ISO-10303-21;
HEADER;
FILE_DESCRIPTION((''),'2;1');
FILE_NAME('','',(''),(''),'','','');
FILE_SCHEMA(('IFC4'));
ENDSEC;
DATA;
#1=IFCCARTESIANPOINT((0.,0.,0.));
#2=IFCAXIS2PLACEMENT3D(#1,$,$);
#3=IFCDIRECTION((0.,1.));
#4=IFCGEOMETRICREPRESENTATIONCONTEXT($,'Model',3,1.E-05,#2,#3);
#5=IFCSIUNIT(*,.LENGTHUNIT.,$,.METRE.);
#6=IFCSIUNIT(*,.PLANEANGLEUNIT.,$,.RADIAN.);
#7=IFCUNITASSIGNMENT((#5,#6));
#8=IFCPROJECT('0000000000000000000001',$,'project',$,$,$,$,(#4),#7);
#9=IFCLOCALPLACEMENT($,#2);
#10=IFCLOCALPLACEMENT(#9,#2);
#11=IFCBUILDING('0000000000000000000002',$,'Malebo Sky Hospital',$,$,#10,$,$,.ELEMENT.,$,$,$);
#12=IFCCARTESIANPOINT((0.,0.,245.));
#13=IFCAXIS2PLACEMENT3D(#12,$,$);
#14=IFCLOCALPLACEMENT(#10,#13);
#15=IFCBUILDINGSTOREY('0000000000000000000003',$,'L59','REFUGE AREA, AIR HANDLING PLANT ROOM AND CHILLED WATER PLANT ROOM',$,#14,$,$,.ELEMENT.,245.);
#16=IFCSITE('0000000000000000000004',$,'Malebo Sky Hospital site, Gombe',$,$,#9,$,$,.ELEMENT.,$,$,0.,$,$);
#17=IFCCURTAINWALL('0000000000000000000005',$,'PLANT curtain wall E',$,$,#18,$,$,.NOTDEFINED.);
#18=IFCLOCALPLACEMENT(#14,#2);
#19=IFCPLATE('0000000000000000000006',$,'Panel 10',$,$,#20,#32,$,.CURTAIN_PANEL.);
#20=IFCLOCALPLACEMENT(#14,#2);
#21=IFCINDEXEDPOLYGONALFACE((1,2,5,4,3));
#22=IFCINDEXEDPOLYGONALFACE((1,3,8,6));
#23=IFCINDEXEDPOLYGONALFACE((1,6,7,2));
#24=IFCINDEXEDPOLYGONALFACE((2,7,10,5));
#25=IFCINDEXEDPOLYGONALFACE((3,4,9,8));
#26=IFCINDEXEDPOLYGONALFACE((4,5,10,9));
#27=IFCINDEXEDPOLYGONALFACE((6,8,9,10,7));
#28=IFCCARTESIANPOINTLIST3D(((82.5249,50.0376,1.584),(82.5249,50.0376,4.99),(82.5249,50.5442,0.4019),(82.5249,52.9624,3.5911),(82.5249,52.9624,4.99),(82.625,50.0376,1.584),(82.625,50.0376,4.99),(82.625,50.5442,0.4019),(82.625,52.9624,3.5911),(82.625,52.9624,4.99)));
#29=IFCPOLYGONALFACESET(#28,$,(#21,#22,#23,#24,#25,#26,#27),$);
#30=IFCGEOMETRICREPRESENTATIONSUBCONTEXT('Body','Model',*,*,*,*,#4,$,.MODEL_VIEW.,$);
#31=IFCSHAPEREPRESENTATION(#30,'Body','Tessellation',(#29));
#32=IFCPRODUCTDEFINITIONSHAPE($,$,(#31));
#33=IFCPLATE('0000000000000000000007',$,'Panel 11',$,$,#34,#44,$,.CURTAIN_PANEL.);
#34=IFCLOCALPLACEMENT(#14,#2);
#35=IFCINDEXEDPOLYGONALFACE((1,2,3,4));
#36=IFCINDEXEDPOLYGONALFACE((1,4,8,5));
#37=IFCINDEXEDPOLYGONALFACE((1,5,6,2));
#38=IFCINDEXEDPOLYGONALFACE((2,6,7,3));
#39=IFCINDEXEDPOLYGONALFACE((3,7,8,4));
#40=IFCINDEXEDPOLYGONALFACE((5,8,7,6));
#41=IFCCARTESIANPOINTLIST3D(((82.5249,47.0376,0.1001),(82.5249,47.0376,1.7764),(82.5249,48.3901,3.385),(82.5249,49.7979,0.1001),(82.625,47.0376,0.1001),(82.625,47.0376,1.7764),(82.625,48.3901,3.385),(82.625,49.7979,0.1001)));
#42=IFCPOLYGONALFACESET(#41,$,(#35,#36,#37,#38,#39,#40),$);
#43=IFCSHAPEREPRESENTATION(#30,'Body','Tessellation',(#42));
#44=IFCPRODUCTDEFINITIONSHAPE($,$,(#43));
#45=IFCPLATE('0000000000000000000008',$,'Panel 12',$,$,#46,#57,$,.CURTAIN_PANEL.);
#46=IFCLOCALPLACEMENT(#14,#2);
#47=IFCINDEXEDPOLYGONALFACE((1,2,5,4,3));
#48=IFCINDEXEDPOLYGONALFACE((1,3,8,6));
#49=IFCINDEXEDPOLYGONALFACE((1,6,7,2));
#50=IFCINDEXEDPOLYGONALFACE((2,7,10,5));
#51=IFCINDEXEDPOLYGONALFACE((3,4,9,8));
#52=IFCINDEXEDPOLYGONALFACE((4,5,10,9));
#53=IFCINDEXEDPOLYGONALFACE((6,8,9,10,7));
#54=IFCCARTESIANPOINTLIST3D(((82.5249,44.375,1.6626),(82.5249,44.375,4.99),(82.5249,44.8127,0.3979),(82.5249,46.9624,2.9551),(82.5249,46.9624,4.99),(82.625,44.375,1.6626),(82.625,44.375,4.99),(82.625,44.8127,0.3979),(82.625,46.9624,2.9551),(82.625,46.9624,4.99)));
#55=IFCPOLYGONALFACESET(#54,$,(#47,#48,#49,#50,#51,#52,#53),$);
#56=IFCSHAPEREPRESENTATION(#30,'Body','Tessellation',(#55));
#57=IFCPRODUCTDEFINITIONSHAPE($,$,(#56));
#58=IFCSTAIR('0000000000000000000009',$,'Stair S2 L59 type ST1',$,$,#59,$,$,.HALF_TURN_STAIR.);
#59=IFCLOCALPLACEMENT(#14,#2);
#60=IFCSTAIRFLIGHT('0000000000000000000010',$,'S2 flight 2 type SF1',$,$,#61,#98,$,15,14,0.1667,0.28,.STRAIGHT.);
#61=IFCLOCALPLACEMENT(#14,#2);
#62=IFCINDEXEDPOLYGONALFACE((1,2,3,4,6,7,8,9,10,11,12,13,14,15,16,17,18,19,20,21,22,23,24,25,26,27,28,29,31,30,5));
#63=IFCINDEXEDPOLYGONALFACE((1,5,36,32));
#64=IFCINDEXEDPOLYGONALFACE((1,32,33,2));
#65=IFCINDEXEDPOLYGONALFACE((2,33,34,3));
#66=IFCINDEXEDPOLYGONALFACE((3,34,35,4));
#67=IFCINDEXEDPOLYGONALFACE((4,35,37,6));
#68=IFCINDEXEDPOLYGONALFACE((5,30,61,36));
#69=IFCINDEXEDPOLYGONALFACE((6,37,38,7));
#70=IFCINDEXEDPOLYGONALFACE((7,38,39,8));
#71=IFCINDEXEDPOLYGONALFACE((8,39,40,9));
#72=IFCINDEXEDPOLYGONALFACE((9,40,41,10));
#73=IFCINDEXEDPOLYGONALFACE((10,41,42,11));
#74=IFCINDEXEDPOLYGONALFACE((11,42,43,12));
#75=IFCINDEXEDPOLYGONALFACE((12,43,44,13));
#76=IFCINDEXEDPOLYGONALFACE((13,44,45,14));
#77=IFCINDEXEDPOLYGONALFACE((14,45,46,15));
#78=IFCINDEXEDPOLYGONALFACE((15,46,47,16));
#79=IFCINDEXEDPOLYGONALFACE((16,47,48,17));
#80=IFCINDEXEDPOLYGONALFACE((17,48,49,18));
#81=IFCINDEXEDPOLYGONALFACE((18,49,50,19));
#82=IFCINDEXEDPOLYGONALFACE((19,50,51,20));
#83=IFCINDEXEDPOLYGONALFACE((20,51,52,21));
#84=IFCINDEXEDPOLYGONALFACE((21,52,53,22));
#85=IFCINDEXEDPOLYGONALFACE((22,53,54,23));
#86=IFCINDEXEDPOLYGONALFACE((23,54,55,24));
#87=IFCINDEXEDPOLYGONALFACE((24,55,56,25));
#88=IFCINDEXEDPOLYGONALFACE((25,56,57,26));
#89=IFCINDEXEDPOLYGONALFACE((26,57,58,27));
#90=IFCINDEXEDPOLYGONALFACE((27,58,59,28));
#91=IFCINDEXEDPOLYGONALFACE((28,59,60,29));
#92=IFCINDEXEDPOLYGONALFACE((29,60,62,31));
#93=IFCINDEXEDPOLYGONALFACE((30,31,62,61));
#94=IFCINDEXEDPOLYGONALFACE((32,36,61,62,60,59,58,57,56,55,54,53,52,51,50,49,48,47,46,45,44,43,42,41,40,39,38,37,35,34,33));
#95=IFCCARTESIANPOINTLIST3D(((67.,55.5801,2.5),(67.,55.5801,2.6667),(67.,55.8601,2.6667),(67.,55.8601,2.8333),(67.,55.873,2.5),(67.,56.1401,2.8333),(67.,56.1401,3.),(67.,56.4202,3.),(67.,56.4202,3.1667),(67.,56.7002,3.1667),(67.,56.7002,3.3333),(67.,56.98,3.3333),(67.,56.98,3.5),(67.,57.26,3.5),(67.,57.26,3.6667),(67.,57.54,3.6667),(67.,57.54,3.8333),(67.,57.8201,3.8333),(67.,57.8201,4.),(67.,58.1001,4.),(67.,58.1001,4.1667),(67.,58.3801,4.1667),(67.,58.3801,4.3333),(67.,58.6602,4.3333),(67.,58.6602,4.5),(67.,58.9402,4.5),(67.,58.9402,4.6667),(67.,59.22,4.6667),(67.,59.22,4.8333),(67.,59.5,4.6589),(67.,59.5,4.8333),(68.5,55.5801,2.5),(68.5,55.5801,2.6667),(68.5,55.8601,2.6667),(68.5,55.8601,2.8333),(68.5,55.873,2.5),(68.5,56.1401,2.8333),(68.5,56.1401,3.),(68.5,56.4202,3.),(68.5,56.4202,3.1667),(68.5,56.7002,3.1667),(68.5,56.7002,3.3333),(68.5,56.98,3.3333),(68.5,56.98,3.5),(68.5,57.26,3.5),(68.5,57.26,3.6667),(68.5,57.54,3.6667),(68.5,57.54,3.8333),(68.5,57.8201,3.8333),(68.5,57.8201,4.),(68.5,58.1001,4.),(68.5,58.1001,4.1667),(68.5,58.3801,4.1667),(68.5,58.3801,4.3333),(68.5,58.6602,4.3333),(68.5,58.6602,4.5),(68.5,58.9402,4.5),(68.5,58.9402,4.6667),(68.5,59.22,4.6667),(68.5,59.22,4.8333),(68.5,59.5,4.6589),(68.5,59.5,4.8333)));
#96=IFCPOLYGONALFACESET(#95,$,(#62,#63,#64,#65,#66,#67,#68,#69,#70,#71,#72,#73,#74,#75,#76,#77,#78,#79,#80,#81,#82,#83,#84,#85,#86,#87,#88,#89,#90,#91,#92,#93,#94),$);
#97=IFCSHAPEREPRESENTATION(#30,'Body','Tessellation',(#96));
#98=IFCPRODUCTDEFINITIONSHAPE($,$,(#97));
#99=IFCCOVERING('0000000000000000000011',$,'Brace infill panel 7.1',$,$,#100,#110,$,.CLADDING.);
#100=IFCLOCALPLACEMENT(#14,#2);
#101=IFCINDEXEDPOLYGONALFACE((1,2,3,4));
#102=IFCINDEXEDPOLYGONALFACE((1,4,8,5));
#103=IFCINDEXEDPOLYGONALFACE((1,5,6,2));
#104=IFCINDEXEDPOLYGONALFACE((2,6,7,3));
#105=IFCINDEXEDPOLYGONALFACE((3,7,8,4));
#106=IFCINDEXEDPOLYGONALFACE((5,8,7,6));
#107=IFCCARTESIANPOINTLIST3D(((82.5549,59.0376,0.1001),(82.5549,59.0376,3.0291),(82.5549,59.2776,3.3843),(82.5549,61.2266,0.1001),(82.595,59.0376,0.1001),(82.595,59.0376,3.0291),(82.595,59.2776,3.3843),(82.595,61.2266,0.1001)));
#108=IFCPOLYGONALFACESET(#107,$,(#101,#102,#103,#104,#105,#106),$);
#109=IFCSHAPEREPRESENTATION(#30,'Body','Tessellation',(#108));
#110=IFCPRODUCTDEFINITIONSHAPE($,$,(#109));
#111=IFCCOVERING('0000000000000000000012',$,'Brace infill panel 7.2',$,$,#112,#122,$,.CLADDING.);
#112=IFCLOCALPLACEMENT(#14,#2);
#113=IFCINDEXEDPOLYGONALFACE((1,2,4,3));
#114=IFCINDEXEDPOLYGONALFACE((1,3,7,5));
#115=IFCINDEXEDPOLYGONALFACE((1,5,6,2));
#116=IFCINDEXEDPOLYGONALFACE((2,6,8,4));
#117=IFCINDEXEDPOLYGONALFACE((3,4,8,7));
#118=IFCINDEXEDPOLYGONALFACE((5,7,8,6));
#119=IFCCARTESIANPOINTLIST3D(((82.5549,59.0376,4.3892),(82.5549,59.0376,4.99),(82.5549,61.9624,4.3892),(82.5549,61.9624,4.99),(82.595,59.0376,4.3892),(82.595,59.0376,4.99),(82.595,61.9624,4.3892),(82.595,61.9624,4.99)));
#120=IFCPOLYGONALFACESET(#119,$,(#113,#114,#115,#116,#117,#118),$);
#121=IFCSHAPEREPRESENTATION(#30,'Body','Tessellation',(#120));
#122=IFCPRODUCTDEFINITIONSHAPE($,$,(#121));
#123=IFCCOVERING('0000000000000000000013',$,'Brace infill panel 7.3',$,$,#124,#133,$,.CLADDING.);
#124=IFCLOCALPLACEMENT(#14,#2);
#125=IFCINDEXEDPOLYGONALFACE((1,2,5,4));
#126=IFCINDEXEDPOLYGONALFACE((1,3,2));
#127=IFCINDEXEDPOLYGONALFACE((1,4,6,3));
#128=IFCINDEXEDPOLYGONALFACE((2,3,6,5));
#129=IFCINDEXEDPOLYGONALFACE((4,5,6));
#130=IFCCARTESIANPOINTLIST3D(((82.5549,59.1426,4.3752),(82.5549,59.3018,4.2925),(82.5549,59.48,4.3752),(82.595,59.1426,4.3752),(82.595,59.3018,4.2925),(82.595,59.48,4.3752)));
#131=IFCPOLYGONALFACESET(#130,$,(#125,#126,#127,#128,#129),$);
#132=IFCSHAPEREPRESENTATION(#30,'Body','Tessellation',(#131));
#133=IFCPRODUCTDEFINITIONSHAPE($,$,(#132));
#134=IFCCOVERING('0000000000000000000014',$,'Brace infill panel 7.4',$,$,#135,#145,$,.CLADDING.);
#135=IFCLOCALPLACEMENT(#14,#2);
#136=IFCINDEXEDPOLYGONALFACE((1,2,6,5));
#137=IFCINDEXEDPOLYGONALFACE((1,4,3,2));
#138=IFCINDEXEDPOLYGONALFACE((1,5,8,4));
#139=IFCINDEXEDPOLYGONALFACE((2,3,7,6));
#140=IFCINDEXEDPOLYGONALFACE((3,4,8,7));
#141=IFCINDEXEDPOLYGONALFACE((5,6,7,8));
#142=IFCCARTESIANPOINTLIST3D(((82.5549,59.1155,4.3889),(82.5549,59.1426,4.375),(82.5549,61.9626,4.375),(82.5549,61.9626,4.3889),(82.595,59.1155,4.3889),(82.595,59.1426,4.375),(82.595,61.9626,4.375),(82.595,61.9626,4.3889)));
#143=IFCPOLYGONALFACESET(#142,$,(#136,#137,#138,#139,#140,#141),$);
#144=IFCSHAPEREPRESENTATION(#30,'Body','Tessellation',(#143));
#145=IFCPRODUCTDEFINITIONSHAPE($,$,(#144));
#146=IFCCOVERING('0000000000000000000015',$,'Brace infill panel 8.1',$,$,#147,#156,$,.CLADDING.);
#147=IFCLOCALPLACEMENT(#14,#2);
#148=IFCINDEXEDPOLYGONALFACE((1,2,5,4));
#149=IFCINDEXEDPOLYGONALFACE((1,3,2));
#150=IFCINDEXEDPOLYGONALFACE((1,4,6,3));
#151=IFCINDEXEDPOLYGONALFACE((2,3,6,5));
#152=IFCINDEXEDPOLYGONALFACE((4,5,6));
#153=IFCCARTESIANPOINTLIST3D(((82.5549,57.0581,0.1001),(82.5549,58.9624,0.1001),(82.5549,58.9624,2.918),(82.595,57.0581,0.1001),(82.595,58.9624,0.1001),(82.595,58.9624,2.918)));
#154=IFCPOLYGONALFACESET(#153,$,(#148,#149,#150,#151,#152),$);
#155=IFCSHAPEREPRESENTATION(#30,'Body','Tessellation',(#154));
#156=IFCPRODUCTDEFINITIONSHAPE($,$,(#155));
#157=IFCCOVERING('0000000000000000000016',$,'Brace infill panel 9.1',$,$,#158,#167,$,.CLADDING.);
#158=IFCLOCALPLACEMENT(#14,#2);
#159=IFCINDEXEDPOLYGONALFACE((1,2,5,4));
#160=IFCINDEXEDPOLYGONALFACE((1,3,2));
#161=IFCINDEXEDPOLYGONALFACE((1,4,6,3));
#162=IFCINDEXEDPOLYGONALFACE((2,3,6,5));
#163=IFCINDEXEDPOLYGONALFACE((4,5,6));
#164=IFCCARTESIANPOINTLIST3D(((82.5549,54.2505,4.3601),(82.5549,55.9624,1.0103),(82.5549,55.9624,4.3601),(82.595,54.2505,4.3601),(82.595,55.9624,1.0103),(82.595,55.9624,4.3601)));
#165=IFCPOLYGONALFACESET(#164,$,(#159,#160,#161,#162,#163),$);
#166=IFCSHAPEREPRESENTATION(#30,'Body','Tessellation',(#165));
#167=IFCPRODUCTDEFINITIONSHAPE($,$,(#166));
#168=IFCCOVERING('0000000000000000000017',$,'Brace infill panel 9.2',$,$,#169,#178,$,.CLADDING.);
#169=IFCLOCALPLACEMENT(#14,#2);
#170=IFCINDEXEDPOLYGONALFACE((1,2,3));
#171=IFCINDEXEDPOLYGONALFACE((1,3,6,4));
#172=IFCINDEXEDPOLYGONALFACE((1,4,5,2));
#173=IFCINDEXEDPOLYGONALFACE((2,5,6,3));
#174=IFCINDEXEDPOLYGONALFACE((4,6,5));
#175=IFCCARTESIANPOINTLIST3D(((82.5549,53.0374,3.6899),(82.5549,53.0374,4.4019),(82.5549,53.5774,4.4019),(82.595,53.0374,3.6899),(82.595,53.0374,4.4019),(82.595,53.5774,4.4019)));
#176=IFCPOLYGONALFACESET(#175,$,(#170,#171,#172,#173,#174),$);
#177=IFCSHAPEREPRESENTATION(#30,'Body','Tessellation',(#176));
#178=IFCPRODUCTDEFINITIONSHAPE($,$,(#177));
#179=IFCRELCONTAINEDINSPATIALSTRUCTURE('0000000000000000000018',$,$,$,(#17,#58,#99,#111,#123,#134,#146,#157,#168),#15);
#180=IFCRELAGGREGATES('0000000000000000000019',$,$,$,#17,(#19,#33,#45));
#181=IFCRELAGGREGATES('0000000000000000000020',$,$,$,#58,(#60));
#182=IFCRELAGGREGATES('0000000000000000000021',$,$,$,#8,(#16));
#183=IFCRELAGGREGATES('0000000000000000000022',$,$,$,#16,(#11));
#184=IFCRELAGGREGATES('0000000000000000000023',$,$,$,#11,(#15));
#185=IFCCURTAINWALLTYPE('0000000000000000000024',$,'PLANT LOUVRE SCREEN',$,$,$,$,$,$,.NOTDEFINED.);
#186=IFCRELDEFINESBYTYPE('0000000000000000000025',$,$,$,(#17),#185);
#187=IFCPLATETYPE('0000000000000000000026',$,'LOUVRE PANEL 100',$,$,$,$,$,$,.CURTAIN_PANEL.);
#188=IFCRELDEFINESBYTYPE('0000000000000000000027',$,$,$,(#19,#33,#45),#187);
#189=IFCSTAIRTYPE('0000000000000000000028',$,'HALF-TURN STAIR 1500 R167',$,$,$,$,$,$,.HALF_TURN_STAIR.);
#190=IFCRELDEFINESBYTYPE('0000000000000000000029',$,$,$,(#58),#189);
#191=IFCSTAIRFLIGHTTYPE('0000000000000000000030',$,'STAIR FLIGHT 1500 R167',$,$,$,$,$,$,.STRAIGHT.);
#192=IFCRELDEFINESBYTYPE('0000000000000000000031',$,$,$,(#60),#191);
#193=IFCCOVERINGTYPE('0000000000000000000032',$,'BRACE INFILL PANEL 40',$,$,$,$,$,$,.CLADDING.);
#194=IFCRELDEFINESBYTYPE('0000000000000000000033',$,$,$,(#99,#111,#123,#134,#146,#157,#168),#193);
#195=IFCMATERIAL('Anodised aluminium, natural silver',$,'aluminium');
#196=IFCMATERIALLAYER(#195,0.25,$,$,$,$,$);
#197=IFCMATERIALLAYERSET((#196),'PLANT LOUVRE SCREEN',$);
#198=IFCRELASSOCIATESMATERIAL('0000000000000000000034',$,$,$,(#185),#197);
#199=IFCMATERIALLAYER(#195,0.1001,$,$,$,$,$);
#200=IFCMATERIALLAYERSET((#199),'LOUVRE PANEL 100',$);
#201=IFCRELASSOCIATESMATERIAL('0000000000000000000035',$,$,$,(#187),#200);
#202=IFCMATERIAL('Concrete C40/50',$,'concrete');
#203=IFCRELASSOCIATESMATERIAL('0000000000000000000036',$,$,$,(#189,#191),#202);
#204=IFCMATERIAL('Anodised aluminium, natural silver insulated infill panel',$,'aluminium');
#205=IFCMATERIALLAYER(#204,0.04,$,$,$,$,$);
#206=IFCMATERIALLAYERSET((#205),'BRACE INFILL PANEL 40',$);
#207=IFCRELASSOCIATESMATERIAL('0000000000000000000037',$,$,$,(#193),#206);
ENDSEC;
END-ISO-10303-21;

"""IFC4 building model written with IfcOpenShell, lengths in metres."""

from ifc_helpers import new_model, si_unit, direction, frame, origin, place, context, subcontext, project, spatial, polyline, outline, extrude, material, layer, layer_set, type_object, element, aggregate, save


model = new_model("IFC4")

# Units and contexts
model_context = context("Model", 3, precision=1e-05, world=origin(), true_north=direction((0.0, 1.0)))
body_context = subcontext(model_context, "Body", "Model", "MODEL_VIEW")
ifc_project = project(units=[si_unit("LENGTHUNIT", "METRE"), si_unit("PLANEANGLEUNIT", "RADIAN")], contexts=[model_context])

# Site, building, storey
site_placement = place(None, origin())
site = spatial("IfcSite", under=ifc_project, at=site_placement, Name="Malebo Sky Hospital site, Gombe", CompositionType="ELEMENT", RefElevation=0.0)
building_placement = place(site_placement, origin())
building = spatial("IfcBuilding", under=site, at=building_placement, Name="Malebo Sky Hospital", CompositionType="ELEMENT")
storey_placement = place(building_placement, frame((0.0, 0.0, 245.0)))
storey = spatial("IfcBuildingStorey", under=building, at=storey_placement, Name="L59", Description="REFUGE AREA, AIR HANDLING PLANT ROOM AND CHILLED WATER PLANT ROOM", CompositionType="ELEMENT", Elevation=245.0)

# Curtain wall
ifc_material_1 = material(Name="Anodised aluminium, natural silver", Category="aluminium")
ifc_layer_1 = layer(ifc_material_1, 0.25)
ifc_layer_set_1 = layer_set([ifc_layer_1], Name="PLANT LOUVRE SCREEN")
curtain_wall_type = type_object("IfcCurtainWallType", Name="PLANT LOUVRE SCREEN", PredefinedType="NOTDEFINED", material=ifc_layer_set_1)
curtain_wall_placement = place(storey_placement, origin())
curtain_wall = element("IfcCurtainWall", 1, at=curtain_wall_placement, inside=storey, type_object=curtain_wall_type, Name="PLANT curtain wall E", PredefinedType="NOTDEFINED")

# Plates
ifc_layer_2 = layer(ifc_material_1, 0.1001)
ifc_layer_set_2 = layer_set([ifc_layer_2], Name="LOUVRE PANEL 100")
plate_type = type_object("IfcPlateType", Name="LOUVRE PANEL 100", PredefinedType="CURTAIN_PANEL", material=ifc_layer_set_2)
plate_1_placement = place(storey_placement, frame((82.575, 51.5, 0.4019), z_axis=(0.0, 0.0, 1.0), x_axis=(0.0, -1.0, 0.0)))
plate_1 = element("IfcPlate", 2, at=plate_1_placement, type_object=plate_type, Name="Panel 10", PredefinedType="CURTAIN_PANEL", context=body_context, shape_type="SweptSolid", body=[
    extrude(outline(polyline([(0.9558, 0.0), (1.4624, 1.1821), (1.4624, 4.5881), (-1.4624, 4.5881), (-1.4624, 3.1892), (0.9558, 0.0)])), frame((0.0, 0.05, 0.0), z_axis=(0.0, -1.0, 0.0), x_axis=(1.0, 0.0, 0.0)), (0.0, 0.0, 1.0), 0.1001),
])
plate_2_placement = place(storey_placement, frame((82.575, 48.4177, 0.1001), z_axis=(0.0, 0.0, 1.0), x_axis=(0.0, -1.0, 0.0)))
plate_2 = element("IfcPlate", 3, at=plate_2_placement, type_object=plate_type, Name="Panel 11", PredefinedType="CURTAIN_PANEL", context=body_context, shape_type="SweptSolid", body=[
    extrude(outline(polyline([(-1.3801, 0.0), (1.3801, 0.0), (1.3801, 1.6763), (0.0276, 3.2849), (-1.3801, 0.0)])), frame((0.0, 0.05, 0.0), z_axis=(0.0, -1.0, 0.0), x_axis=(1.0, 0.0, 0.0)), (0.0, 0.0, 1.0), 0.1001),
])
plate_3_placement = place(storey_placement, frame((82.575, 45.6687, 0.3979), z_axis=(0.0, 0.0, 1.0), x_axis=(0.0, -1.0, 0.0)))
plate_3 = element("IfcPlate", 4, at=plate_3_placement, type_object=plate_type, Name="Panel 12", PredefinedType="CURTAIN_PANEL", context=body_context, shape_type="SweptSolid", body=[
    extrude(outline(polyline([(0.856, 0.0), (1.2937, 1.2646), (1.2937, 4.592), (-1.2937, 4.592), (-1.2937, 2.5571), (0.856, 0.0)])), frame((0.0, 0.05, 0.0), z_axis=(0.0, -1.0, 0.0), x_axis=(1.0, 0.0, 0.0)), (0.0, 0.0, 1.0), 0.1001),
])
aggregate(curtain_wall, [plate_1, plate_2, plate_3])

# Stair, stair flight
ifc_material_2 = material(Name="Concrete C40/50", Category="concrete")
stair_type = type_object("IfcStairType", Name="HALF-TURN STAIR 1500 R167", PredefinedType="HALF_TURN_STAIR", material=ifc_material_2)
stair_placement = place(storey_placement, origin())
stair = element("IfcStair", 5, at=stair_placement, inside=storey, type_object=stair_type, Name="Stair S2 L59 type ST1", PredefinedType="HALF_TURN_STAIR")
stair_flight_type = type_object("IfcStairFlightType", Name="STAIR FLIGHT 1500 R167", PredefinedType="STRAIGHT", material=ifc_material_2)
stair_flight_placement = place(storey_placement, frame((67.75, 55.5801, 2.5), z_axis=(0.0, 0.0, 1.0), x_axis=(0.0, 1.0, 0.0)))
stair_flight = element("IfcStairFlight", 6, at=stair_flight_placement, type_object=stair_flight_type, Name="S2 flight 2 type SF1", NumberOfRisers=15, NumberOfTreads=14, PredefinedType="STRAIGHT", RiserHeight=0.1667, TreadLength=0.28, context=body_context, shape_type="SweptSolid", body=[
    extrude(outline(polyline([(0.0, 0.0), (0.0, 0.1667), (0.28, 0.1667), (0.28, 0.3333), (0.5601, 0.3333), (0.5601, 0.5), (0.8401, 0.5), (0.8401, 0.6667), (1.1201, 0.6667), (1.1201, 0.8333), (1.3999, 0.8333), (1.3999, 1.0), (1.6799, 1.0), (1.6799, 1.1667), (1.96, 1.1667), (1.96, 1.3333), (2.24, 1.3333), (2.24, 1.5), (2.52, 1.5), (2.52, 1.6667), (2.8, 1.6667), (2.8, 1.8333), (3.0801, 1.8333), (3.0801, 2.0), (3.3601, 2.0), (3.3601, 2.1667), (3.6399, 2.1667), (3.6399, 2.3333), (3.9199, 2.3333), (3.9199, 2.5), (3.9199, 2.1589), (0.293, 0.0), (0.0, 0.0)])), frame((0.0, 0.75, 0.0), z_axis=(0.0, -1.0, 0.0), x_axis=(1.0, 0.0, 0.0)), (0.0, 0.0, 1.0), 1.5),
])
aggregate(stair, [stair_flight])

# Coverings
ifc_material_3 = material(Name="Anodised aluminium, natural silver insulated infill panel", Category="aluminium")
ifc_layer_3 = layer(ifc_material_3, 0.04)
ifc_layer_set_3 = layer_set([ifc_layer_3], Name="BRACE INFILL PANEL 40")
covering_type = type_object("IfcCoveringType", Name="BRACE INFILL PANEL 40", PredefinedType="CLADDING", material=ifc_layer_set_3)
covering_1_placement = place(storey_placement, frame((82.575, 60.1321, 0.1001), z_axis=(0.0, 0.0, 1.0), x_axis=(0.0, -1.0, 0.0)))
element("IfcCovering", 7, at=covering_1_placement, inside=storey, type_object=covering_type, Name="Brace infill panel 7.1", PredefinedType="CLADDING", context=body_context, shape_type="SweptSolid", body=[
    extrude(outline(polyline([(-1.0945, 0.0), (1.0945, 0.0), (1.0945, 2.929), (0.8545, 3.2842), (-1.0945, 0.0)])), frame((0.0, 0.02, 0.0), z_axis=(0.0, -1.0, 0.0), x_axis=(1.0, 0.0, 0.0)), (0.0, 0.0, 1.0), 0.04),
])
covering_2_placement = place(storey_placement, frame((82.575, 60.5, 4.3892), z_axis=(0.0, 0.0, 1.0), x_axis=(0.0, -1.0, 0.0)))
element("IfcCovering", 8, at=covering_2_placement, inside=storey, type_object=covering_type, Name="Brace infill panel 7.2", PredefinedType="CLADDING", context=body_context, shape_type="SweptSolid", body=[
    extrude(outline(polyline([(-1.4624, 0.0), (1.4624, 0.0), (1.4624, 0.6008), (-1.4624, 0.6008), (-1.4624, 0.0)])), frame((0.0, 0.02, 0.0), z_axis=(0.0, -1.0, 0.0), x_axis=(1.0, 0.0, 0.0)), (0.0, 0.0, 1.0), 0.04),
])
covering_3_placement = place(storey_placement, frame((82.575, 59.3113, 4.2925), z_axis=(0.0, 0.0, 1.0), x_axis=(0.0, -1.0, 0.0)))
element("IfcCovering", 9, at=covering_3_placement, inside=storey, type_object=covering_type, Name="Brace infill panel 7.3", PredefinedType="CLADDING", context=body_context, shape_type="SweptSolid", body=[
    extrude(outline(polyline([(0.0095, 0.0), (0.1687, 0.0828), (-0.1687, 0.0828), (0.0095, 0.0)])), frame((0.0, 0.02, 0.0), z_axis=(0.0, -1.0, 0.0), x_axis=(1.0, 0.0, 0.0)), (0.0, 0.0, 1.0), 0.04),
])
covering_4_placement = place(storey_placement, frame((82.575, 60.5391, 4.375), z_axis=(0.0, 0.0, 1.0), x_axis=(0.0, -1.0, 0.0)))
element("IfcCovering", 10, at=covering_4_placement, inside=storey, type_object=covering_type, Name="Brace infill panel 7.4", PredefinedType="CLADDING", context=body_context, shape_type="SweptSolid", body=[
    extrude(outline(polyline([(-1.4236, 0.0), (1.3965, 0.0), (1.4236, 0.0139), (-1.4236, 0.0139), (-1.4236, 0.0)])), frame((0.0, 0.02, 0.0), z_axis=(0.0, -1.0, 0.0), x_axis=(1.0, 0.0, 0.0)), (0.0, 0.0, 1.0), 0.04),
])
covering_5_placement = place(storey_placement, frame((82.575, 58.0103, 0.1001), z_axis=(0.0, 0.0, 1.0), x_axis=(0.0, -1.0, 0.0)))
element("IfcCovering", 11, at=covering_5_placement, inside=storey, type_object=covering_type, Name="Brace infill panel 8.1", PredefinedType="CLADDING", context=body_context, shape_type="SweptSolid", body=[
    extrude(outline(polyline([(-0.9521, 0.0), (0.9521, 0.0), (-0.9521, 2.8179), (-0.9521, 0.0)])), frame((0.0, 0.02, 0.0), z_axis=(0.0, -1.0, 0.0), x_axis=(1.0, 0.0, 0.0)), (0.0, 0.0, 1.0), 0.04),
])
covering_6_placement = place(storey_placement, frame((82.575, 55.1064, 1.0103), z_axis=(0.0, 0.0, 1.0), x_axis=(0.0, -1.0, 0.0)))
element("IfcCovering", 12, at=covering_6_placement, inside=storey, type_object=covering_type, Name="Brace infill panel 9.1", PredefinedType="CLADDING", context=body_context, shape_type="SweptSolid", body=[
    extrude(outline(polyline([(-0.856, 0.0), (0.856, 3.3499), (-0.856, 3.3499), (-0.856, 0.0)])), frame((0.0, 0.02, 0.0), z_axis=(0.0, -1.0, 0.0), x_axis=(1.0, 0.0, 0.0)), (0.0, 0.0, 1.0), 0.04),
])
covering_7_placement = place(storey_placement, frame((82.575, 53.3074, 3.6899), z_axis=(0.0, 0.0, 1.0), x_axis=(0.0, -1.0, 0.0)))
element("IfcCovering", 13, at=covering_7_placement, inside=storey, type_object=covering_type, Name="Brace infill panel 9.2", PredefinedType="CLADDING", context=body_context, shape_type="SweptSolid", body=[
    extrude(outline(polyline([(0.27, 0.0), (0.27, 0.7119), (-0.27, 0.7119), (0.27, 0.0)])), frame((0.0, 0.02, 0.0), z_axis=(0.0, -1.0, 0.0), x_axis=(1.0, 0.0, 0.0)), (0.0, 0.0, 1.0), 0.04),
])

save(model, "model.ifc")
